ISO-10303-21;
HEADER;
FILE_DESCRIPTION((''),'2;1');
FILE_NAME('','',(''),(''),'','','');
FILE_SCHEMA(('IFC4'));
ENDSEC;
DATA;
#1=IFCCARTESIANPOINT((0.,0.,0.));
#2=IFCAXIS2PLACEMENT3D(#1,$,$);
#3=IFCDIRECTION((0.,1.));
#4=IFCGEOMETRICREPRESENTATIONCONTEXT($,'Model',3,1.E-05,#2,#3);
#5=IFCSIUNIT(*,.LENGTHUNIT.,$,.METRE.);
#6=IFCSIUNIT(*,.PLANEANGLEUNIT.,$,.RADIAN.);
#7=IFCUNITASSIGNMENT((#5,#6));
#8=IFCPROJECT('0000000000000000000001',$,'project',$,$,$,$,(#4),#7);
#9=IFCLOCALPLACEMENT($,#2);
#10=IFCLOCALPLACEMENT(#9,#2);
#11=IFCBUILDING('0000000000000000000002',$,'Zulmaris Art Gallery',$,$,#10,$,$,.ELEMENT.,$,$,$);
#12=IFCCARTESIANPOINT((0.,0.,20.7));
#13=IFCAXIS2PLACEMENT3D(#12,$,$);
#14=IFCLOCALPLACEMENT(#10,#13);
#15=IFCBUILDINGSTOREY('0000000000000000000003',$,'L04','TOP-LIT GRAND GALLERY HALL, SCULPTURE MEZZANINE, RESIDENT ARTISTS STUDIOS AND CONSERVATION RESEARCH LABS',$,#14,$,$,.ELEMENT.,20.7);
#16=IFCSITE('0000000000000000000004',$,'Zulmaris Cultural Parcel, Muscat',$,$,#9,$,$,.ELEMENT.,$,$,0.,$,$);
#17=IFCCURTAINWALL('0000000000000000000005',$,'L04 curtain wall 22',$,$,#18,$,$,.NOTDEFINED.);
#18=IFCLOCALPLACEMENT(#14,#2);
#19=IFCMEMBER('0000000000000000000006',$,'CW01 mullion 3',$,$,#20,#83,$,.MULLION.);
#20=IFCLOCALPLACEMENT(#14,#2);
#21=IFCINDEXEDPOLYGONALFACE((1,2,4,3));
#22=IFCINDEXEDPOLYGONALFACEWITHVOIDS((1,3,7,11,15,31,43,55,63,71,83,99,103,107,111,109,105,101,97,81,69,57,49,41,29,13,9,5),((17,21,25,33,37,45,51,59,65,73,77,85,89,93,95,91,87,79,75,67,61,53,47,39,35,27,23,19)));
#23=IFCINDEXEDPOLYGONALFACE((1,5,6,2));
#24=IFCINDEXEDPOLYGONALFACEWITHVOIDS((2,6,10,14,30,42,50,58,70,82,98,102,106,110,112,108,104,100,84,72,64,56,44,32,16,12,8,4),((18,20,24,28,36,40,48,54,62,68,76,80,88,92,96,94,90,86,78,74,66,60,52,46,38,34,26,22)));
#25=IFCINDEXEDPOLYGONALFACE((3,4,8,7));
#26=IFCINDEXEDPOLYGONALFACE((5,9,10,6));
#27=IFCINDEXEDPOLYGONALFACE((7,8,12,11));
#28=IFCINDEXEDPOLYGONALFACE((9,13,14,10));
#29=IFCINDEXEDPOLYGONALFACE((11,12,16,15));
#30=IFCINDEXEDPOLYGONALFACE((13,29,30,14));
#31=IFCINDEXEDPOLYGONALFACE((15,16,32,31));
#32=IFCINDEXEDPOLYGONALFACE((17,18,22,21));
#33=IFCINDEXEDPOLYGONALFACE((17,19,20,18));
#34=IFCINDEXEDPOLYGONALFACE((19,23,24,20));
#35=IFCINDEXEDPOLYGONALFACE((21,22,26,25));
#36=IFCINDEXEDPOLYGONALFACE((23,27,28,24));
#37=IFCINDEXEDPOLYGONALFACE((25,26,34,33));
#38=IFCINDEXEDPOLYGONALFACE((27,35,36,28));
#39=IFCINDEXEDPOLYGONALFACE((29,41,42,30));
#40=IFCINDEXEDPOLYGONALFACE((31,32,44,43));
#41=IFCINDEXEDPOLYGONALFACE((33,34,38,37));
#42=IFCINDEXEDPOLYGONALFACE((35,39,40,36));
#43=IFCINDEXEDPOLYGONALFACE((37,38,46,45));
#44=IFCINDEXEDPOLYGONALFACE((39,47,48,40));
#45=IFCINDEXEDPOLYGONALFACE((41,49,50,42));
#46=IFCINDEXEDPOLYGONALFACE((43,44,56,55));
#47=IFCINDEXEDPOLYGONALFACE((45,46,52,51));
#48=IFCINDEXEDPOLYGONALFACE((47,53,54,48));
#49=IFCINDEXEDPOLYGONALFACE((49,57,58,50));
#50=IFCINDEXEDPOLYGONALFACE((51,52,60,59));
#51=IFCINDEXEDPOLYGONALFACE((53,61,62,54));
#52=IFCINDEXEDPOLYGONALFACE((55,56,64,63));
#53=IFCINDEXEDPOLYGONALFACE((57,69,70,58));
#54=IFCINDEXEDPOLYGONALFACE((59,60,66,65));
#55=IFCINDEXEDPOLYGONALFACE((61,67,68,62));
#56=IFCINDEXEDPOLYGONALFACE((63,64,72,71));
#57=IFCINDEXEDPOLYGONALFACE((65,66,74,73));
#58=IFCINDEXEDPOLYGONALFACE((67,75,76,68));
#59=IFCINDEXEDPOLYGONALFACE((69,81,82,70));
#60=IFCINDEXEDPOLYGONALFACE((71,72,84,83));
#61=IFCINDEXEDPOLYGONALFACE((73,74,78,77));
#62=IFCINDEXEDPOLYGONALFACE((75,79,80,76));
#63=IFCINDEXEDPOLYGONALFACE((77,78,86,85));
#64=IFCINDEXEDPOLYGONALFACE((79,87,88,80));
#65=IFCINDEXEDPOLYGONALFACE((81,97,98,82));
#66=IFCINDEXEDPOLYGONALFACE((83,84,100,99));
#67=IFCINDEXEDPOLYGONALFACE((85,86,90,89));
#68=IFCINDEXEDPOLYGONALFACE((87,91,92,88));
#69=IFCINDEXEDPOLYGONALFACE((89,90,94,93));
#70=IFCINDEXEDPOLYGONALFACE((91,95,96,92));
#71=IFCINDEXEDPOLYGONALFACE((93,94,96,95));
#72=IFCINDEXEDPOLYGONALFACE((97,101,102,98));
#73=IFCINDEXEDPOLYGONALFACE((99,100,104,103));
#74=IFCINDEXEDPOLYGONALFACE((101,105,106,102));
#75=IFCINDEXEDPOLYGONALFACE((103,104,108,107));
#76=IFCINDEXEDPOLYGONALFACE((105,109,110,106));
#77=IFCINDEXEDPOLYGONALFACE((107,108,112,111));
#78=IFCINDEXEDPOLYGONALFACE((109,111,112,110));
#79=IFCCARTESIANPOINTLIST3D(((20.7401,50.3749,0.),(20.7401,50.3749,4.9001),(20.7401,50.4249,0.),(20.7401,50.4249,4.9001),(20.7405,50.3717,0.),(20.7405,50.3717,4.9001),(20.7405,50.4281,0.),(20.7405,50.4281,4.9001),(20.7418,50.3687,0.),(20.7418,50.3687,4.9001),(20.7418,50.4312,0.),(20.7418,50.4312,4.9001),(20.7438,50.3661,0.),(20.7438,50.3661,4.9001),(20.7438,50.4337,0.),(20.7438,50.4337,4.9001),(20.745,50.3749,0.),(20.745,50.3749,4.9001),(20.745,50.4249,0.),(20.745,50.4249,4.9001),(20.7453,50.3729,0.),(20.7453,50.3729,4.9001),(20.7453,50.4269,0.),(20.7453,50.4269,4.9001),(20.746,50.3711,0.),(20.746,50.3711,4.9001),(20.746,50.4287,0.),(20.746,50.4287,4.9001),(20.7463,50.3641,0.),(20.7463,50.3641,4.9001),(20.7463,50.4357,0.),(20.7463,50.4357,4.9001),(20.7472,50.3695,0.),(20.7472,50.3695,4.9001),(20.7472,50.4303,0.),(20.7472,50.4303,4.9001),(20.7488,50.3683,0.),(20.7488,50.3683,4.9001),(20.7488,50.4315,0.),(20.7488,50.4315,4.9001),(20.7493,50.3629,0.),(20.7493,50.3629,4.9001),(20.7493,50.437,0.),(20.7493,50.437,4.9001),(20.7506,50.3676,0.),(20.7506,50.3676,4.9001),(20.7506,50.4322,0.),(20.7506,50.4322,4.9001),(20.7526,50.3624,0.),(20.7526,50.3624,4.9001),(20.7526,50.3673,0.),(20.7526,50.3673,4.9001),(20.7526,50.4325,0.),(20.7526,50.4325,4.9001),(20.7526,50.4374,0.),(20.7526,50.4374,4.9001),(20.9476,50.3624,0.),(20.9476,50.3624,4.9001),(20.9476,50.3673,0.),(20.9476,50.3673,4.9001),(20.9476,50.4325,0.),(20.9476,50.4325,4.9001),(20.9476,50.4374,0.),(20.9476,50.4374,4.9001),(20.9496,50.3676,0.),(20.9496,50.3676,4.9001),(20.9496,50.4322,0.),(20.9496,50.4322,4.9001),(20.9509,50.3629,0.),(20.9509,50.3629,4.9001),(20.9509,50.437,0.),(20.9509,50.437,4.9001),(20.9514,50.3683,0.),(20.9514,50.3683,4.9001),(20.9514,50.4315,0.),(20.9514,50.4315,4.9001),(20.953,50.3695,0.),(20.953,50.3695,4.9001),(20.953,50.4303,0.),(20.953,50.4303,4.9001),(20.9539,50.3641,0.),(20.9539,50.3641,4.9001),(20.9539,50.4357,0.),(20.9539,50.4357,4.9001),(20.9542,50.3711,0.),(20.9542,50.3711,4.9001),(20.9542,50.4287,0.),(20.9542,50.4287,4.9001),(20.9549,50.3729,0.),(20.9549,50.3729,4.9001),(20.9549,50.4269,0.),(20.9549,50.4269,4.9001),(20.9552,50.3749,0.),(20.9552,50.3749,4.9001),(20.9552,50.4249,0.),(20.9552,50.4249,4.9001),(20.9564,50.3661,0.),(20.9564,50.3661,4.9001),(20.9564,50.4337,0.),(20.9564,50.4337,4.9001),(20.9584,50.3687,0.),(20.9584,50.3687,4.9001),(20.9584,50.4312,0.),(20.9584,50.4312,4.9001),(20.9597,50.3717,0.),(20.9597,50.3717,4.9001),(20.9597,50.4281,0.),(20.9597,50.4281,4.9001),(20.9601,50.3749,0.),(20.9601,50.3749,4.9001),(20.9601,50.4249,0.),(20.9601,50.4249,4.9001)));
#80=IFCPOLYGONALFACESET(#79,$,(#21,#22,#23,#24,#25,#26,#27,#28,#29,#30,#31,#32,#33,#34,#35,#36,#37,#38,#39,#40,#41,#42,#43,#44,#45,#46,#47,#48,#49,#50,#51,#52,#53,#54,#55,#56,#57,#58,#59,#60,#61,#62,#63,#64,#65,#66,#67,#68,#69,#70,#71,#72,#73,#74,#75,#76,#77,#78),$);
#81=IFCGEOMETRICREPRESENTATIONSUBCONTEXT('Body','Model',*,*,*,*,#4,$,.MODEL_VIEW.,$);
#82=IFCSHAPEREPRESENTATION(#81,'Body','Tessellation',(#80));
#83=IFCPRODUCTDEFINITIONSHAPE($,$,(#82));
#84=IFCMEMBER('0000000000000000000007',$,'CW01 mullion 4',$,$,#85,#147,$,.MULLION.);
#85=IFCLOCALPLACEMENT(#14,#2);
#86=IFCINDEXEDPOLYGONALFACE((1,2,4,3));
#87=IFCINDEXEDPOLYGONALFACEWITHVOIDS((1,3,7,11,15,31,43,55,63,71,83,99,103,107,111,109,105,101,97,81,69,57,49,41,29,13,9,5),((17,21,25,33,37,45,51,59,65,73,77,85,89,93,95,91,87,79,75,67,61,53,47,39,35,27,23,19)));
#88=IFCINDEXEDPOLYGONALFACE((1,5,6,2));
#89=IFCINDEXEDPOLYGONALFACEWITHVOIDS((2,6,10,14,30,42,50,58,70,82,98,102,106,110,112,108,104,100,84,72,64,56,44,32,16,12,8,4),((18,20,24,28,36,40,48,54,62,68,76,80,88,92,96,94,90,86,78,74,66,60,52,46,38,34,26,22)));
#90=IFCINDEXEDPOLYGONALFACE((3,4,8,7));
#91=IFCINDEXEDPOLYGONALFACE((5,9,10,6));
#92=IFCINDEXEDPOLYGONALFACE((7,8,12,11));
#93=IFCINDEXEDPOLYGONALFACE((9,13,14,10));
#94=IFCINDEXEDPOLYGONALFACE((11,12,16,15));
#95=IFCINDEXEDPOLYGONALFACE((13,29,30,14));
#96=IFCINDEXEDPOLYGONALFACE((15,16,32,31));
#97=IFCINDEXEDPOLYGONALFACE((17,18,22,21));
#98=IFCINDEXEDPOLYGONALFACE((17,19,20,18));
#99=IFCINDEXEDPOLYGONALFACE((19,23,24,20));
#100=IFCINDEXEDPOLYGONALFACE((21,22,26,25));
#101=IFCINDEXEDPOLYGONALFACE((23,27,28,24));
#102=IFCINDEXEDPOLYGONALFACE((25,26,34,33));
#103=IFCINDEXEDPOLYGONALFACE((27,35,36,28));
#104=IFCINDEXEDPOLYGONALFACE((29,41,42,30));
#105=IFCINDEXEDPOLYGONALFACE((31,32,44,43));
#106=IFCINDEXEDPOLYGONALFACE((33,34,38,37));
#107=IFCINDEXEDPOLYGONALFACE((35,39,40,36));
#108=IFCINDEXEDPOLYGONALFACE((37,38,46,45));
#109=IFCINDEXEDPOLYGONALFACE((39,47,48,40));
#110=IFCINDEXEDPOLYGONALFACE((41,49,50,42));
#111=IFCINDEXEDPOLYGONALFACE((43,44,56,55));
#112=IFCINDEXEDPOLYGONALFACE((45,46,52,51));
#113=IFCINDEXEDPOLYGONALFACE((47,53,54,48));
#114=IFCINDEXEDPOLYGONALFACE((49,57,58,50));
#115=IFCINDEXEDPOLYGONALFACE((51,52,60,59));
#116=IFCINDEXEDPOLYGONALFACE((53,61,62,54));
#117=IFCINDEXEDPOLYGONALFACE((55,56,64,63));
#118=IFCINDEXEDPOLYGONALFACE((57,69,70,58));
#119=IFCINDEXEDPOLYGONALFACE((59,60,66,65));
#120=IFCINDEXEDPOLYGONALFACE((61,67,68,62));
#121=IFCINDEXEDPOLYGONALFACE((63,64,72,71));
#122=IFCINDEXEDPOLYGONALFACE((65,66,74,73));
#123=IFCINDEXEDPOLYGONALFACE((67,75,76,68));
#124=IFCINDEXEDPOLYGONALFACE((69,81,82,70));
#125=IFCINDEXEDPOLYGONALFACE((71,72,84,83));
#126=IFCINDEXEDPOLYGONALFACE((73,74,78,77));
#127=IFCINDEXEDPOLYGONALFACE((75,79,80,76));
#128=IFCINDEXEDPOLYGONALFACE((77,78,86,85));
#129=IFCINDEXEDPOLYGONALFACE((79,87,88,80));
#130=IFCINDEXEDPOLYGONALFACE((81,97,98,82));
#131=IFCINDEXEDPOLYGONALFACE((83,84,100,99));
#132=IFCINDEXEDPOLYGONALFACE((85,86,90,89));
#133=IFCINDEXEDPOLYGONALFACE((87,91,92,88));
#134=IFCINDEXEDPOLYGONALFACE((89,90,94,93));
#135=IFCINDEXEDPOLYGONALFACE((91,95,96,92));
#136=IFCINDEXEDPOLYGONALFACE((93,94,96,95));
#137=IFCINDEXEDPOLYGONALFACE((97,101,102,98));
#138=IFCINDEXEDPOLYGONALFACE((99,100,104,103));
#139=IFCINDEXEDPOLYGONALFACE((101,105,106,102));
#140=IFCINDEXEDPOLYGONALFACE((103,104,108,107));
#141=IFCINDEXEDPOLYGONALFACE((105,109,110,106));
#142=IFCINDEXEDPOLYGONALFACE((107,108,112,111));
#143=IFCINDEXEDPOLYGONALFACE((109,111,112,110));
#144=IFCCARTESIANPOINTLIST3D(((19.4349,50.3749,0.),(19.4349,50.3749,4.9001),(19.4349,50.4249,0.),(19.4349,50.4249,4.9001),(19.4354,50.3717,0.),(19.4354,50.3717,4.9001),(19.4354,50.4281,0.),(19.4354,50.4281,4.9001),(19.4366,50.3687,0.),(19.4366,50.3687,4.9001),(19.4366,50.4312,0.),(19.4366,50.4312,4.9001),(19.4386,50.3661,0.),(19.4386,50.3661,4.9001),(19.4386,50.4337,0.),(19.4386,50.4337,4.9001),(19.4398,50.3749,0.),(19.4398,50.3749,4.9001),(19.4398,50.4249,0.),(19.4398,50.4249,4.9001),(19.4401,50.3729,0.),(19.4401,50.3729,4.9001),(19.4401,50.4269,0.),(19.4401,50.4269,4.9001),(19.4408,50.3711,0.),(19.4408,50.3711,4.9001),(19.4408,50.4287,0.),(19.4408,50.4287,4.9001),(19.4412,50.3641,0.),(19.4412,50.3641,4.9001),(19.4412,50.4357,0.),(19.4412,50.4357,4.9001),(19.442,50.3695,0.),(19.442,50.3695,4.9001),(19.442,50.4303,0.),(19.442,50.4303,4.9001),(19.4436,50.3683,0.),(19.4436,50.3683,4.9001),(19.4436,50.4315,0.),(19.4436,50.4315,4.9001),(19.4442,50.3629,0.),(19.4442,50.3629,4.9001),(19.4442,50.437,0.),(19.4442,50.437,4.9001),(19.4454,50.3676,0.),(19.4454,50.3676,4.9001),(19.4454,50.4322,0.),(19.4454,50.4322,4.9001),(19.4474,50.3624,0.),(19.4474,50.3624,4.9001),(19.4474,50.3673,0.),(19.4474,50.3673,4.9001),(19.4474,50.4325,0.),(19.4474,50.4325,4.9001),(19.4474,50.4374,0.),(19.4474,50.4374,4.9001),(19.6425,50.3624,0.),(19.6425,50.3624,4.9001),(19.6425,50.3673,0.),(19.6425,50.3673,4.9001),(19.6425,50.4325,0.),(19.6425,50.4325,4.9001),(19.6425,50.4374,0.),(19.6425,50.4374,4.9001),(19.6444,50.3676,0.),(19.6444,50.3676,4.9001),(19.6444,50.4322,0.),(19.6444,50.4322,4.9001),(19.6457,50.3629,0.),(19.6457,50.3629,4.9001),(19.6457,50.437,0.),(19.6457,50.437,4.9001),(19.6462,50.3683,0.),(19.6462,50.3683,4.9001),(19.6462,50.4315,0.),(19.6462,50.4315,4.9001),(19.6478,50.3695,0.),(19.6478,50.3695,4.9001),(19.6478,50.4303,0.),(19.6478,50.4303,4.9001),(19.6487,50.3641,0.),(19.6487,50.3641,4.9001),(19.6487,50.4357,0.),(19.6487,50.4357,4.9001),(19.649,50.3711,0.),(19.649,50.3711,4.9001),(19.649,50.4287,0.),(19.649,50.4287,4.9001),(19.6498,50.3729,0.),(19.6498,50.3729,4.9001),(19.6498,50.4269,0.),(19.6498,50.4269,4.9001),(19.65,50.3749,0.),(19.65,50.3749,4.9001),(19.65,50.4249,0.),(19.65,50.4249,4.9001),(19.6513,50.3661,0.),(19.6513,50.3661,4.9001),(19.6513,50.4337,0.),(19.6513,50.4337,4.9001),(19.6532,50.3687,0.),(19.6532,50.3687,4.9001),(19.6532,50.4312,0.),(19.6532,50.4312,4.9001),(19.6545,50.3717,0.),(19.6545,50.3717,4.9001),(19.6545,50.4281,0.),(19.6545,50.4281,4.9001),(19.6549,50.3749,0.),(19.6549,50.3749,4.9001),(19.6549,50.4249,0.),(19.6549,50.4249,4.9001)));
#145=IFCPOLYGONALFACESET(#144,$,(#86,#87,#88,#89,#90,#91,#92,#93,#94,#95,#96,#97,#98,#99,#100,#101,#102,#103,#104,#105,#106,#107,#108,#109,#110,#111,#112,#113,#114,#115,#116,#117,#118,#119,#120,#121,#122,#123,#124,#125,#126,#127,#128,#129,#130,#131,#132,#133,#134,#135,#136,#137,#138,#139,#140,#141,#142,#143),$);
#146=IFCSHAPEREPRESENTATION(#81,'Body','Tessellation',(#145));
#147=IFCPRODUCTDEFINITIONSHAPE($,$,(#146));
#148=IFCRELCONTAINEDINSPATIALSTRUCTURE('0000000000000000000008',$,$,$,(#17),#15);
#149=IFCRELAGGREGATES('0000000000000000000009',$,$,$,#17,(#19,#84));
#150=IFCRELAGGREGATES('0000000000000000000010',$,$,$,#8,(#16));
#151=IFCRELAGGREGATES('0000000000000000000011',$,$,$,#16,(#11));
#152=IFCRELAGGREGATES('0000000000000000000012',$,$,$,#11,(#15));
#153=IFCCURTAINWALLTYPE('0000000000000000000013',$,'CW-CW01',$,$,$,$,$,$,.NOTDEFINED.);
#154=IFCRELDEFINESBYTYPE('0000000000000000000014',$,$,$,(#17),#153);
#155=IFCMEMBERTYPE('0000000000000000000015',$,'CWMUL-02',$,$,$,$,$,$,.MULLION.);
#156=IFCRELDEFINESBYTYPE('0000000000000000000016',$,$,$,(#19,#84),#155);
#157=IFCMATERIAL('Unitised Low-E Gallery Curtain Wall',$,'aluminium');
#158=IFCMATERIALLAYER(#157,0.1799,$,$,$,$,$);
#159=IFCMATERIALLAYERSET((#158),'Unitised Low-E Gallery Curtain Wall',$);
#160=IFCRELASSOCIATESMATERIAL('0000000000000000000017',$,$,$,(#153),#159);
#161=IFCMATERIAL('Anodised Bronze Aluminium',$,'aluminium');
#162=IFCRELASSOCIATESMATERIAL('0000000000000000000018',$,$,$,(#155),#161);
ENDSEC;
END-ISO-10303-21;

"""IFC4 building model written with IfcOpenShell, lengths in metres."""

from ifc_helpers import new_model, si_unit, direction, frame, origin, origin_2d, place, context, subcontext, project, spatial, hollow_rectangle, extrude, material, layer, layer_set, material_profile, profile_set, type_object, element, aggregate, save


model = new_model("IFC4")

# Units and contexts
model_context = context("Model", 3, precision=1e-05, world=origin(), true_north=direction((0.0, 1.0)))
body_context = subcontext(model_context, "Body", "Model", "MODEL_VIEW")
ifc_project = project(units=[si_unit("LENGTHUNIT", "METRE"), si_unit("PLANEANGLEUNIT", "RADIAN")], contexts=[model_context])

# Site, building, storey
site_placement = place(None, origin())
site = spatial("IfcSite", under=ifc_project, at=site_placement, Name="Zulmaris Cultural Parcel, Muscat", CompositionType="ELEMENT", RefElevation=0.0)
building_placement = place(site_placement, origin())
building = spatial("IfcBuilding", under=site, at=building_placement, Name="Zulmaris Art Gallery", CompositionType="ELEMENT")
storey_placement = place(building_placement, frame((0.0, 0.0, 20.7)))
storey = spatial("IfcBuildingStorey", under=building, at=storey_placement, Name="L04", Description="TOP-LIT GRAND GALLERY HALL, SCULPTURE MEZZANINE, RESIDENT ARTISTS STUDIOS AND CONSERVATION RESEARCH LABS", CompositionType="ELEMENT", Elevation=20.7)

# Curtain wall, members
ifc_material_1 = material(Name="Unitised Low-E Gallery Curtain Wall", Category="aluminium")
ifc_layer_1 = layer(ifc_material_1, 0.1799)
ifc_layer_set_1 = layer_set([ifc_layer_1], Name="Unitised Low-E Gallery Curtain Wall")
curtain_wall_type = type_object("IfcCurtainWallType", Name="CW-CW01", PredefinedType="NOTDEFINED", material=ifc_layer_set_1)
curtain_wall_placement = place(storey_placement, origin())
curtain_wall = element("IfcCurtainWall", 1, at=curtain_wall_placement, inside=storey, type_object=curtain_wall_type, Name="L04 curtain wall 22", PredefinedType="NOTDEFINED")
ifc_material_2 = material(Name="Anodised Bronze Aluminium", Category="aluminium")
ifc_material_profile_1 = material_profile(ifc_material_2, hollow_rectangle(XDim=0.075, YDim=0.22, WallThickness=0.0049, InnerFilletRadius=0.0076, OuterFilletRadius=0.0125, at=origin_2d()), Name="ALU 75x220x5")
ifc_profile_set_1 = profile_set([ifc_material_profile_1], Name="Anodised Bronze Aluminium")
member_type_1 = type_object("IfcMemberType", Name="CWMUL-02", PredefinedType="MULLION", material=ifc_profile_set_1)
member_1_placement = place(storey_placement, frame((20.8501, 50.3999, 0.0), z_axis=(0.0, 0.0, 1.0), x_axis=(0.0, -1.0, 0.0)))
member_1 = element("IfcMember", 2, at=member_1_placement, type_object=member_type_1, Name="CW01 mullion 3", PredefinedType="MULLION", context=body_context, shape_type="SweptSolid", body=[
    extrude(hollow_rectangle(XDim=0.075, YDim=0.22, WallThickness=0.0049, InnerFilletRadius=0.0076, OuterFilletRadius=0.0125, at=origin_2d()), origin(), (0.0, 0.0, 1.0), 4.9001),
])
member_2_placement = place(storey_placement, frame((19.5449, 50.3999, 0.0), z_axis=(0.0, 0.0, 1.0), x_axis=(0.0, -1.0, 0.0)))
member_2 = element("IfcMember", 3, at=member_2_placement, type_object=member_type_1, Name="CW01 mullion 4", PredefinedType="MULLION", context=body_context, shape_type="SweptSolid", body=[
    extrude(hollow_rectangle(XDim=0.075, YDim=0.22, WallThickness=0.0049, InnerFilletRadius=0.0076, OuterFilletRadius=0.0125, at=origin_2d()), origin(), (0.0, 0.0, 1.0), 4.9001),
])

aggregate(curtain_wall, [member_1, member_2])

save(model, "model.ifc")
